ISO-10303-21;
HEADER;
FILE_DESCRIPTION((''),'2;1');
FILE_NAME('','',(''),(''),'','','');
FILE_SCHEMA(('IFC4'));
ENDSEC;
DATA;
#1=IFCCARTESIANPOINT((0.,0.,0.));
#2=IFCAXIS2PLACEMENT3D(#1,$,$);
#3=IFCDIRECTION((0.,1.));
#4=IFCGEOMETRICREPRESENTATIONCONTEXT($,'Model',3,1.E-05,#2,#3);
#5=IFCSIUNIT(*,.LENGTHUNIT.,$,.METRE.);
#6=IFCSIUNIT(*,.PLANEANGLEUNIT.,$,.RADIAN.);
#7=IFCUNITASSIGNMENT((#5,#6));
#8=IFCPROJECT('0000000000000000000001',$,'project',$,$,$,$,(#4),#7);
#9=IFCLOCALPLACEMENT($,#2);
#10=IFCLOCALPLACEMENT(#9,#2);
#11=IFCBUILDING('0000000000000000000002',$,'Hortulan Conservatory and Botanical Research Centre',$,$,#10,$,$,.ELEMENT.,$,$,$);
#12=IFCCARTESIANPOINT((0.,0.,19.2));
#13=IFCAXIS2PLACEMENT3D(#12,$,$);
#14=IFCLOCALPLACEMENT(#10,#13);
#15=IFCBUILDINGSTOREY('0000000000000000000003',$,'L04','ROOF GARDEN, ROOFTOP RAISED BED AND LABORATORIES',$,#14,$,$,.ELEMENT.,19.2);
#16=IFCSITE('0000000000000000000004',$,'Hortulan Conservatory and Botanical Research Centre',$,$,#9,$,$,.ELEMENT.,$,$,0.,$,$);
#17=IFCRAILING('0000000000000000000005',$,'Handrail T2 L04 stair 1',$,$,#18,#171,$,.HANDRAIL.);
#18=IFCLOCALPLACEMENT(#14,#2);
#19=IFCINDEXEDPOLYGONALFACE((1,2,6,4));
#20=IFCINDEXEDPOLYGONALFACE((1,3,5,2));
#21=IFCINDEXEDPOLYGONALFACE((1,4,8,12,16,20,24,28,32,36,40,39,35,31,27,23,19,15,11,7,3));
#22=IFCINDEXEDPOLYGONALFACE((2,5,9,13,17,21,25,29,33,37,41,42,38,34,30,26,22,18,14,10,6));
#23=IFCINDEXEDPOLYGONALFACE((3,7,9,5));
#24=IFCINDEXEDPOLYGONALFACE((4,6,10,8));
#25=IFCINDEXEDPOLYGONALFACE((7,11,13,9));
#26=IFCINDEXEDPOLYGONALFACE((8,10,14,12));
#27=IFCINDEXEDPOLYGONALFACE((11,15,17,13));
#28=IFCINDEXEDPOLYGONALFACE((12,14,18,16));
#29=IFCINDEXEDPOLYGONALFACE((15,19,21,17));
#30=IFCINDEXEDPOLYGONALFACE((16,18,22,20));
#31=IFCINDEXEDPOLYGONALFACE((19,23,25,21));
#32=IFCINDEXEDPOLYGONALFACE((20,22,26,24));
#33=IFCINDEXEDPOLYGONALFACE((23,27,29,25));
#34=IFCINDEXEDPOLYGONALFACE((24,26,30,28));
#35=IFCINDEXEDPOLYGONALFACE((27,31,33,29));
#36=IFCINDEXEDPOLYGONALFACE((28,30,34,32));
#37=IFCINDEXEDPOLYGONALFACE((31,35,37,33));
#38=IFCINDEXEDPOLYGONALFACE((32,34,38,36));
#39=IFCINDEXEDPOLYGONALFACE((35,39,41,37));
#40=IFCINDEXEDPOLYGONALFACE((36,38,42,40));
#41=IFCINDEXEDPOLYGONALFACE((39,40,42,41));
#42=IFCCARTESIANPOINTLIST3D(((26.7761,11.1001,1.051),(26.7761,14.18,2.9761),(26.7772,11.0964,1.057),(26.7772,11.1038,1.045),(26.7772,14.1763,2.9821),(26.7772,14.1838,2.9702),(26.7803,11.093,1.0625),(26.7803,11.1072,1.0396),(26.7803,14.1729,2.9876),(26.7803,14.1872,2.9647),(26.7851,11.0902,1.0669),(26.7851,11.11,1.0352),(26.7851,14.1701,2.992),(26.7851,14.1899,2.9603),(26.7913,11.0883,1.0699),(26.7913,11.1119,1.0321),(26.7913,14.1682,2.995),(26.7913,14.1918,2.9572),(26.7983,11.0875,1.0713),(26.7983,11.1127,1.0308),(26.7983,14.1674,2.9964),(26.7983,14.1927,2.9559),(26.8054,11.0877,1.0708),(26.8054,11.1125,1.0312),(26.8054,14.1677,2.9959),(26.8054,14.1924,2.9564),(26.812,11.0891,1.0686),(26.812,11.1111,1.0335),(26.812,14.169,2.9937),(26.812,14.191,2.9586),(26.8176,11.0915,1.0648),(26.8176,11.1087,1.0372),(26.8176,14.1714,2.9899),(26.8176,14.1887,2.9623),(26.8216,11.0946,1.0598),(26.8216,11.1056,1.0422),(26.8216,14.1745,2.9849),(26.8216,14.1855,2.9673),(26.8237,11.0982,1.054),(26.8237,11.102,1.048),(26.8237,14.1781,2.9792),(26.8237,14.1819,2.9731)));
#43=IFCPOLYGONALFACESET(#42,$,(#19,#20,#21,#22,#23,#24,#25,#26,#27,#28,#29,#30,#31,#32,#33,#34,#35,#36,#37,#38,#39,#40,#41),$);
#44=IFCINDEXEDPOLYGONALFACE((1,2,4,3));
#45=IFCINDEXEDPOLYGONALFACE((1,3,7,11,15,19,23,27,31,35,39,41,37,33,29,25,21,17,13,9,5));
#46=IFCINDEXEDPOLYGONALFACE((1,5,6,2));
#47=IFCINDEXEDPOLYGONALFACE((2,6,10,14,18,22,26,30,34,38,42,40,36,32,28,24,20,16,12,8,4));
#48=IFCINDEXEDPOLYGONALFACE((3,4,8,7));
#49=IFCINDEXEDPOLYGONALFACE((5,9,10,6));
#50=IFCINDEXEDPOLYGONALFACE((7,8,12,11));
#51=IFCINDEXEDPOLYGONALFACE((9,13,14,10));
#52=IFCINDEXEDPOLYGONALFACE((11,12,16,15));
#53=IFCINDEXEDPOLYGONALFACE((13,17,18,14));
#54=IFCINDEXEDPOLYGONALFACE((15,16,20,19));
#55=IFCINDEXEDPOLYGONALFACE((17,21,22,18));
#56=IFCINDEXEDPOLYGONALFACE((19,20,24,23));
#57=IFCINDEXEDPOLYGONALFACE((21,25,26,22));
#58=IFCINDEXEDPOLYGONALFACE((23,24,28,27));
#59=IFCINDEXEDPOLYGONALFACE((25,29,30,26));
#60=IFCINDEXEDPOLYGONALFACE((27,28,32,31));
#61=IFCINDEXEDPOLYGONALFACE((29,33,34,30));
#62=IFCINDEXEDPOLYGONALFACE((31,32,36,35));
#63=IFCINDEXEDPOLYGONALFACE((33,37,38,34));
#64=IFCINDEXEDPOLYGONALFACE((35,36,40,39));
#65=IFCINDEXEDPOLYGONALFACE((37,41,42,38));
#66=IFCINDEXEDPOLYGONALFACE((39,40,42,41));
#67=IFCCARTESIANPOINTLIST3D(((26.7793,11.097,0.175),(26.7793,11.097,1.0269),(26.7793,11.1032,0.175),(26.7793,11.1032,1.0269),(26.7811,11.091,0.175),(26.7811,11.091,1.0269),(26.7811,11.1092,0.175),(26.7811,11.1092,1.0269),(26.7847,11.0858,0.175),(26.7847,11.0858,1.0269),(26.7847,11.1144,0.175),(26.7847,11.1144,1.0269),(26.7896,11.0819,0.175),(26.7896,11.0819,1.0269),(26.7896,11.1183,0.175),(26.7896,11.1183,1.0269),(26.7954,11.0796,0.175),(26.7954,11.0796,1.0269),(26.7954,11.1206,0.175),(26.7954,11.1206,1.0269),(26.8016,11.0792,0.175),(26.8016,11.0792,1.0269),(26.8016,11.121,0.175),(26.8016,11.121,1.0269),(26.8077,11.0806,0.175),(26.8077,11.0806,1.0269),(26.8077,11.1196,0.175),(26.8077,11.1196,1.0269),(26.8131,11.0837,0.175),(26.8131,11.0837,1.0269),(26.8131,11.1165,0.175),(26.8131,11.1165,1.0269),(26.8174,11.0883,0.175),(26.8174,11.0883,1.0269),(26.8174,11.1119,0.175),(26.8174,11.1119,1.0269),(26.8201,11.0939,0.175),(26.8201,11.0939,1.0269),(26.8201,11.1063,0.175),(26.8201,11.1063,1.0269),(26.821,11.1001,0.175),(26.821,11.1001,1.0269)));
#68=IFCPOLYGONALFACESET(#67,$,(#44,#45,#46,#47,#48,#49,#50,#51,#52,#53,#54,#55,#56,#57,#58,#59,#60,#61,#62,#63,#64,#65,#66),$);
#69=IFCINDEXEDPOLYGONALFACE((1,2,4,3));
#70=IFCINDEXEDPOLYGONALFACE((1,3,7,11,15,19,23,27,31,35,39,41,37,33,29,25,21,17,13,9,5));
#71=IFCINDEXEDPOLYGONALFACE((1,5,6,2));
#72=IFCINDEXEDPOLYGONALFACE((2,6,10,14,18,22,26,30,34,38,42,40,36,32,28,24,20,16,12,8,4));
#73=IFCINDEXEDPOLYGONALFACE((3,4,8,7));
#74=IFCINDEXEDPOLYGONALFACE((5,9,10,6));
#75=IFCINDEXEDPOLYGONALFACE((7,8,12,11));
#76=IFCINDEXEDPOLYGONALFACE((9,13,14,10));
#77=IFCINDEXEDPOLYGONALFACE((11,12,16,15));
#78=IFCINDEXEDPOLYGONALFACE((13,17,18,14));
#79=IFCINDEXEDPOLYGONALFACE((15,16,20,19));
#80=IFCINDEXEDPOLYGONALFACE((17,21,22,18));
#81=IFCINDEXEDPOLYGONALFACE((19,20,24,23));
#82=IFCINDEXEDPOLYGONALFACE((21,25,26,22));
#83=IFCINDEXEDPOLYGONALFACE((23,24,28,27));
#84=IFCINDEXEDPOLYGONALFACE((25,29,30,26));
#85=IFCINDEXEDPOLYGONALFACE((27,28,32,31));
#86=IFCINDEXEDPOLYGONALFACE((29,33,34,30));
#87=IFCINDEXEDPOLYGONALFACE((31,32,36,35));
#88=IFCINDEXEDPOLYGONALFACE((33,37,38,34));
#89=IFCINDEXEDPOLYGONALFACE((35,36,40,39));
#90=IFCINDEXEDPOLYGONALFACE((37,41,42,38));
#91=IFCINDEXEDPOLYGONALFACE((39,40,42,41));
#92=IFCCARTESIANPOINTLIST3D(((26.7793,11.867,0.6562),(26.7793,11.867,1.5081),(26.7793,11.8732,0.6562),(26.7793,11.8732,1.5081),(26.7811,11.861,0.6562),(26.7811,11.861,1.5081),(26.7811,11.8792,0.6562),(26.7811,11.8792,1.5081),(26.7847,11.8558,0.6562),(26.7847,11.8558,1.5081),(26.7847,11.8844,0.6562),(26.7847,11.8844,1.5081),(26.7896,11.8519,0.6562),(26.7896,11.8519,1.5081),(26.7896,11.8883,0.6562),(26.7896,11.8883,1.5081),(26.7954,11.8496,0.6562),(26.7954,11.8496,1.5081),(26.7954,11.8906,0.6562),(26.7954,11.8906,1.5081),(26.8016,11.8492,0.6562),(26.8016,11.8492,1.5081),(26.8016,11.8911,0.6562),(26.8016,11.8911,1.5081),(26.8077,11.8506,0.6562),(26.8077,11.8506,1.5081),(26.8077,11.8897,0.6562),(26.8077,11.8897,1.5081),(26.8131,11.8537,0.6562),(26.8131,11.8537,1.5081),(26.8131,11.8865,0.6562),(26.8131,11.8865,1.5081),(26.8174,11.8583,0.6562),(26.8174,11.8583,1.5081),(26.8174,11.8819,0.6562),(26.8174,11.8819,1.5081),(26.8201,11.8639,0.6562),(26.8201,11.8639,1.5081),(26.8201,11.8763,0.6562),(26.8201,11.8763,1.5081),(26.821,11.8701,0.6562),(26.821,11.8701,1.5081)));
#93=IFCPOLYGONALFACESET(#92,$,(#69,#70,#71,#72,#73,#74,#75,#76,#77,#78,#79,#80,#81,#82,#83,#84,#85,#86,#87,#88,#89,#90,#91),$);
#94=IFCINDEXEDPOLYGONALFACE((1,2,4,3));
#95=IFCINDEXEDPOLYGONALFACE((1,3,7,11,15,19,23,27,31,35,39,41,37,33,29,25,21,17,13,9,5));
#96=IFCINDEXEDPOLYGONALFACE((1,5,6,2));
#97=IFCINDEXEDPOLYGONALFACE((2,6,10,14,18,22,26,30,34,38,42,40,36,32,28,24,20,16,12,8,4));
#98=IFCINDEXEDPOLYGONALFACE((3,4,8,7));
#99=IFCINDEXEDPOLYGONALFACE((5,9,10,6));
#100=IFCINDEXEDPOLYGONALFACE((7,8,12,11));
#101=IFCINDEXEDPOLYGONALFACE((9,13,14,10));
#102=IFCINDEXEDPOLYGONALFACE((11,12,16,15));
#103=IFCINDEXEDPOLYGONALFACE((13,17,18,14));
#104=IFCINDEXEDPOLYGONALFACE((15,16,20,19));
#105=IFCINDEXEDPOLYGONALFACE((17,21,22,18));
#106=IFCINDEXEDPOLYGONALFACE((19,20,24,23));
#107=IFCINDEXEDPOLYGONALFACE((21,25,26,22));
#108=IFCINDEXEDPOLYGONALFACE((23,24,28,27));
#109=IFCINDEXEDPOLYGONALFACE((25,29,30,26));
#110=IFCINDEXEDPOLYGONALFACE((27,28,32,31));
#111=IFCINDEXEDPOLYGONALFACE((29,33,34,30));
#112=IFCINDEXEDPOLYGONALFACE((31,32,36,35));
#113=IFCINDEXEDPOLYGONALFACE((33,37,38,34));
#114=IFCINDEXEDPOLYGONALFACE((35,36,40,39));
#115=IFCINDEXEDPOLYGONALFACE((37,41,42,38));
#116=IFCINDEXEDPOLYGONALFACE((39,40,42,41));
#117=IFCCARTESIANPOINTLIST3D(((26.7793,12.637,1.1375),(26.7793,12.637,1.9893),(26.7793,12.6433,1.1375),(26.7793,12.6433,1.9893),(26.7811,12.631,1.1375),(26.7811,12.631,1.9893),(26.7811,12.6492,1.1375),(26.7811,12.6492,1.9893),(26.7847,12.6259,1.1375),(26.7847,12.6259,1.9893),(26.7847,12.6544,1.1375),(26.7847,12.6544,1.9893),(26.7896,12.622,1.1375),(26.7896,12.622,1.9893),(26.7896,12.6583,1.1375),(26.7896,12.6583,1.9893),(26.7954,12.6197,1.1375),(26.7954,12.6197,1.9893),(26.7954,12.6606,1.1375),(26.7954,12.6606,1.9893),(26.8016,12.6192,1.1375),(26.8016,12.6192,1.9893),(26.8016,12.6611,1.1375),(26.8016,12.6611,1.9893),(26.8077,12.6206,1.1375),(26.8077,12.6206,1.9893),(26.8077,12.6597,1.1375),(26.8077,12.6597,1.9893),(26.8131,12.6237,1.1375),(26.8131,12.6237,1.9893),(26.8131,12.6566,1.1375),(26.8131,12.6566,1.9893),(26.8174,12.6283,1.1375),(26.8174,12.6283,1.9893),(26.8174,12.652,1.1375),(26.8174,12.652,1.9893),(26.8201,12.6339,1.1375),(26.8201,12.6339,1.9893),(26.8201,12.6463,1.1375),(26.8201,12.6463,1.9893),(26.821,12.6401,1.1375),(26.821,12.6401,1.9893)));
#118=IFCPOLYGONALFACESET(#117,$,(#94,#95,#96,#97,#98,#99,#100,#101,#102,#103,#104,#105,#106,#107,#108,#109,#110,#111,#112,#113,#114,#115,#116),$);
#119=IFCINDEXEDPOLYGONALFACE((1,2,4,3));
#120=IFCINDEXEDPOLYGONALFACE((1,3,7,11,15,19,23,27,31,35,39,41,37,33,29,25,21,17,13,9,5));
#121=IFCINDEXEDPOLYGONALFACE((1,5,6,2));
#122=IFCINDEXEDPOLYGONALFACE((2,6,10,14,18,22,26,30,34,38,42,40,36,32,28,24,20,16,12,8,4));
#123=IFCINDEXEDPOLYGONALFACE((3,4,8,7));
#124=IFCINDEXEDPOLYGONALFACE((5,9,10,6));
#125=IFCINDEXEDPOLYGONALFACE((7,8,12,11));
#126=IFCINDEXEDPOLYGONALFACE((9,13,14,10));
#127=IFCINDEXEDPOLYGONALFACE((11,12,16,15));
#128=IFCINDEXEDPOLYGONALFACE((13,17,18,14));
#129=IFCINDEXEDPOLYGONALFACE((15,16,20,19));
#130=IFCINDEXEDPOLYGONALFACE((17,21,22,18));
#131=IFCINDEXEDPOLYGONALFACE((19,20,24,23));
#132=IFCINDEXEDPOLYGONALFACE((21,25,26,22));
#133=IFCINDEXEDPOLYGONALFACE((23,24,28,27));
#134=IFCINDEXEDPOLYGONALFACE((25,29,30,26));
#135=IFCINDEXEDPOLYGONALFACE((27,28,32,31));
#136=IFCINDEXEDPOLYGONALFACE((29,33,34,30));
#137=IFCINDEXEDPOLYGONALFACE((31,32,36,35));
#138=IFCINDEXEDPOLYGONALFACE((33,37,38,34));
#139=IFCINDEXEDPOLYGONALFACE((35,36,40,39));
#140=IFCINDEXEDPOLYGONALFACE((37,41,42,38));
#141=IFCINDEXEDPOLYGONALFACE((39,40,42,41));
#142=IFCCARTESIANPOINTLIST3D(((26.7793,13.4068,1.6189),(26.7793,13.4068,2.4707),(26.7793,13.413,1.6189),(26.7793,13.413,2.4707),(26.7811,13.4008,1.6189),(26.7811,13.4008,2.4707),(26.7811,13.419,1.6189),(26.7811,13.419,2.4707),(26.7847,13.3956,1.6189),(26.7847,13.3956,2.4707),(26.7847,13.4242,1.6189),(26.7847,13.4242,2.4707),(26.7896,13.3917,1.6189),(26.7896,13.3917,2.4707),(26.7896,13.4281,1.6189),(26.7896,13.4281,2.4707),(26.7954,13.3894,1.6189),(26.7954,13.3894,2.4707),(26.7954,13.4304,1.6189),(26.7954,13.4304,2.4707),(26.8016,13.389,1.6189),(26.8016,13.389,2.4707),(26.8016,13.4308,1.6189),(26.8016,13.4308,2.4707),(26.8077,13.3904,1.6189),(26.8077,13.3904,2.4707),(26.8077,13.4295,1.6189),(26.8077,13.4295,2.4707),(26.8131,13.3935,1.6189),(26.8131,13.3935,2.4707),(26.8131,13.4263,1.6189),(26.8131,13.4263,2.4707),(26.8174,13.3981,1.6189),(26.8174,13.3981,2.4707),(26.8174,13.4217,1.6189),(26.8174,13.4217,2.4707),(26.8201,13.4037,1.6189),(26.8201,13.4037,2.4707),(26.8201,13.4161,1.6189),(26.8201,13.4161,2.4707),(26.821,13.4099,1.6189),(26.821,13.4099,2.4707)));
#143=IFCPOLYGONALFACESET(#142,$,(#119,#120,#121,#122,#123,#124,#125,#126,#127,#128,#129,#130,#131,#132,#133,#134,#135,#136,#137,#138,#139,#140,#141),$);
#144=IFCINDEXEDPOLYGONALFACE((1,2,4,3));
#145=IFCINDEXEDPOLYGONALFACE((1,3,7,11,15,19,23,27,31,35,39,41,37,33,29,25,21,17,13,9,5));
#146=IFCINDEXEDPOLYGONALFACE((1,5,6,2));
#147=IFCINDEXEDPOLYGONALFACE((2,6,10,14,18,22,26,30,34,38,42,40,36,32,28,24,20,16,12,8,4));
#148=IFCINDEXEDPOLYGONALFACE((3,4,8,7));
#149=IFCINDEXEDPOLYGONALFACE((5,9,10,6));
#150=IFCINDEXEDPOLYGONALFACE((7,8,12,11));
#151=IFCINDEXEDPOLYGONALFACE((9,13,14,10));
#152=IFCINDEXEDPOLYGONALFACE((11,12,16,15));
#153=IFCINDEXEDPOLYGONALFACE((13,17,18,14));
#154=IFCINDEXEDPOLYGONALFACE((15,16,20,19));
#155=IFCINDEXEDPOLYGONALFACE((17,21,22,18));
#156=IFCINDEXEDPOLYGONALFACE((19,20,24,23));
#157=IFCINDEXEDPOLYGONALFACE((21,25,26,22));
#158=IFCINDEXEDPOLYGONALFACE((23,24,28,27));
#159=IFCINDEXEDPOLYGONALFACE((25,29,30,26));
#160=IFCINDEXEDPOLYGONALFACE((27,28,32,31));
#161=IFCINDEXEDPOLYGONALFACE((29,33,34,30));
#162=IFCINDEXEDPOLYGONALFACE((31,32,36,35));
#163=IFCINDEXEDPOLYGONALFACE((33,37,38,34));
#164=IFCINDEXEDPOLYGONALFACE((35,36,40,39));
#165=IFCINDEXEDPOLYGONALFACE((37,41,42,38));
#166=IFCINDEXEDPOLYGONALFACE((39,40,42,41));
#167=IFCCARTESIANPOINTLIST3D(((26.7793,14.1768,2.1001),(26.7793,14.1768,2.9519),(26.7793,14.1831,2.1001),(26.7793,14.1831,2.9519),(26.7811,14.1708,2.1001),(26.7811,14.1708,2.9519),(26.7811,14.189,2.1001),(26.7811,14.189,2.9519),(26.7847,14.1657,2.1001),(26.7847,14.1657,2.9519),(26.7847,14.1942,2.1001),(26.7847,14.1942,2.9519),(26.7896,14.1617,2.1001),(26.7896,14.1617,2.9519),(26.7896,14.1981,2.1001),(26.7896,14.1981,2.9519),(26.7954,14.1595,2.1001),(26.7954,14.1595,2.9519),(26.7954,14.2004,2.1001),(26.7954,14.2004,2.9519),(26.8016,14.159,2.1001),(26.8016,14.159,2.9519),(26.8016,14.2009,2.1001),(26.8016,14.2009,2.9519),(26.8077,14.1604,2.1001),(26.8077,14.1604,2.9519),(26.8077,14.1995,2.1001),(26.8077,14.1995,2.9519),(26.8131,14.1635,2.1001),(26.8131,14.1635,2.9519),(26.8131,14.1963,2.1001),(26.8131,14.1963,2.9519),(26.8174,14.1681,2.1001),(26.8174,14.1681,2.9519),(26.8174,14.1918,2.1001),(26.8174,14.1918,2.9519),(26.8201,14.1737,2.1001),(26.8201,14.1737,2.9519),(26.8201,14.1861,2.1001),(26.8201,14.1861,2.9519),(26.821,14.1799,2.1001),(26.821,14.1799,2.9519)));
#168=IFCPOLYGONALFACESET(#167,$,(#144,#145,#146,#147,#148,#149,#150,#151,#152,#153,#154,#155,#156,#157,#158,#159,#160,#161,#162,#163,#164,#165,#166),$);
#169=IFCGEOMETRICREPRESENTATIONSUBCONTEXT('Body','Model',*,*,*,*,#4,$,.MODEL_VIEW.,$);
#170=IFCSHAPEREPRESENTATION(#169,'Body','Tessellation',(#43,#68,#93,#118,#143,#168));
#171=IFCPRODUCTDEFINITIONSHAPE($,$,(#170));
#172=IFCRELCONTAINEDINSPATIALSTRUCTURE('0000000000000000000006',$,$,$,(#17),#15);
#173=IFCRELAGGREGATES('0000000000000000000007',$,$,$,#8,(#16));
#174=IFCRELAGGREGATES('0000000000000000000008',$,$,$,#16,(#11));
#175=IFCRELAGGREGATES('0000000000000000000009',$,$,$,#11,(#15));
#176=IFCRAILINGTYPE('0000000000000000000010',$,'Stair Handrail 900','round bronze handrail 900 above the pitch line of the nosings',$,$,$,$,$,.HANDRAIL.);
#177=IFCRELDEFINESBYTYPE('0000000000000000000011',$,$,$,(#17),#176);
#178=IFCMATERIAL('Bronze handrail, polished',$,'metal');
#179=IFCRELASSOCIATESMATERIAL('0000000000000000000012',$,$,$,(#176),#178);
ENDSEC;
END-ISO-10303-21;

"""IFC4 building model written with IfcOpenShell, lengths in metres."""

from ifc_helpers import new_model, si_unit, direction, frame, origin, origin_2d, place, context, subcontext, project, spatial, circle, extrude, material, type_object, element, save


model = new_model("IFC4")

# Units and contexts
model_context = context("Model", 3, precision=1e-05, world=origin(), true_north=direction((0.0, 1.0)))
body_context = subcontext(model_context, "Body", "Model", "MODEL_VIEW")
ifc_project = project(units=[si_unit("LENGTHUNIT", "METRE"), si_unit("PLANEANGLEUNIT", "RADIAN")], contexts=[model_context])

# Site, building, storey
site_placement = place(None, origin())
site = spatial("IfcSite", under=ifc_project, at=site_placement, Name="Hortulan Conservatory and Botanical Research Centre", CompositionType="ELEMENT", RefElevation=0.0)
building_placement = place(site_placement, origin())
building = spatial("IfcBuilding", under=site, at=building_placement, Name="Hortulan Conservatory and Botanical Research Centre", CompositionType="ELEMENT")
storey_placement = place(building_placement, frame((0.0, 0.0, 19.2)))
storey = spatial("IfcBuildingStorey", under=building, at=storey_placement, Name="L04", Description="ROOF GARDEN, ROOFTOP RAISED BED AND LABORATORIES", CompositionType="ELEMENT", Elevation=19.2)

# Railing
ifc_material_1 = material(Name="Bronze handrail, polished", Category="metal")
railing_type = type_object("IfcRailingType", Name="Stair Handrail 900", Description="round bronze handrail 900 above the pitch line of the nosings", PredefinedType="HANDRAIL", material=ifc_material_1)
railing_placement = place(storey_placement, frame((26.8, 11.1001, 0.175)))
element("IfcRailing", 1, at=railing_placement, inside=storey, type_object=railing_type, Name="Handrail T2 L04 stair 1", PredefinedType="HANDRAIL", context=body_context, shape_type="SweptSolid", body=[
    extrude(circle(Radius=0.0239, at=origin_2d()), frame((0.0, 0.0, 0.876), z_axis=(0.0, 0.847979, 0.530029), x_axis=(-1.0, 0.0, 0.0)), (0.0, 0.0, 1.0), 3.6321),
    extrude(circle(Radius=0.021, at=origin_2d()), origin(), (0.0, 0.0, 1.0), 0.8518),
    extrude(circle(Radius=0.021, at=origin_2d()), frame((0.0, 0.77, 0.4812)), (0.0, 0.0, 1.0), 0.8518),
    extrude(circle(Radius=0.021, at=origin_2d()), frame((0.0, 1.54, 0.9624)), (0.0, 0.0, 1.0), 0.8518),
    extrude(circle(Radius=0.021, at=origin_2d()), frame((0.0, 2.3098, 1.4438)), (0.0, 0.0, 1.0), 0.8518),
    extrude(circle(Radius=0.021, at=origin_2d()), frame((0.0, 3.0798, 1.925)), (0.0, 0.0, 1.0), 0.8518),
])

save(model, "model.ifc")
